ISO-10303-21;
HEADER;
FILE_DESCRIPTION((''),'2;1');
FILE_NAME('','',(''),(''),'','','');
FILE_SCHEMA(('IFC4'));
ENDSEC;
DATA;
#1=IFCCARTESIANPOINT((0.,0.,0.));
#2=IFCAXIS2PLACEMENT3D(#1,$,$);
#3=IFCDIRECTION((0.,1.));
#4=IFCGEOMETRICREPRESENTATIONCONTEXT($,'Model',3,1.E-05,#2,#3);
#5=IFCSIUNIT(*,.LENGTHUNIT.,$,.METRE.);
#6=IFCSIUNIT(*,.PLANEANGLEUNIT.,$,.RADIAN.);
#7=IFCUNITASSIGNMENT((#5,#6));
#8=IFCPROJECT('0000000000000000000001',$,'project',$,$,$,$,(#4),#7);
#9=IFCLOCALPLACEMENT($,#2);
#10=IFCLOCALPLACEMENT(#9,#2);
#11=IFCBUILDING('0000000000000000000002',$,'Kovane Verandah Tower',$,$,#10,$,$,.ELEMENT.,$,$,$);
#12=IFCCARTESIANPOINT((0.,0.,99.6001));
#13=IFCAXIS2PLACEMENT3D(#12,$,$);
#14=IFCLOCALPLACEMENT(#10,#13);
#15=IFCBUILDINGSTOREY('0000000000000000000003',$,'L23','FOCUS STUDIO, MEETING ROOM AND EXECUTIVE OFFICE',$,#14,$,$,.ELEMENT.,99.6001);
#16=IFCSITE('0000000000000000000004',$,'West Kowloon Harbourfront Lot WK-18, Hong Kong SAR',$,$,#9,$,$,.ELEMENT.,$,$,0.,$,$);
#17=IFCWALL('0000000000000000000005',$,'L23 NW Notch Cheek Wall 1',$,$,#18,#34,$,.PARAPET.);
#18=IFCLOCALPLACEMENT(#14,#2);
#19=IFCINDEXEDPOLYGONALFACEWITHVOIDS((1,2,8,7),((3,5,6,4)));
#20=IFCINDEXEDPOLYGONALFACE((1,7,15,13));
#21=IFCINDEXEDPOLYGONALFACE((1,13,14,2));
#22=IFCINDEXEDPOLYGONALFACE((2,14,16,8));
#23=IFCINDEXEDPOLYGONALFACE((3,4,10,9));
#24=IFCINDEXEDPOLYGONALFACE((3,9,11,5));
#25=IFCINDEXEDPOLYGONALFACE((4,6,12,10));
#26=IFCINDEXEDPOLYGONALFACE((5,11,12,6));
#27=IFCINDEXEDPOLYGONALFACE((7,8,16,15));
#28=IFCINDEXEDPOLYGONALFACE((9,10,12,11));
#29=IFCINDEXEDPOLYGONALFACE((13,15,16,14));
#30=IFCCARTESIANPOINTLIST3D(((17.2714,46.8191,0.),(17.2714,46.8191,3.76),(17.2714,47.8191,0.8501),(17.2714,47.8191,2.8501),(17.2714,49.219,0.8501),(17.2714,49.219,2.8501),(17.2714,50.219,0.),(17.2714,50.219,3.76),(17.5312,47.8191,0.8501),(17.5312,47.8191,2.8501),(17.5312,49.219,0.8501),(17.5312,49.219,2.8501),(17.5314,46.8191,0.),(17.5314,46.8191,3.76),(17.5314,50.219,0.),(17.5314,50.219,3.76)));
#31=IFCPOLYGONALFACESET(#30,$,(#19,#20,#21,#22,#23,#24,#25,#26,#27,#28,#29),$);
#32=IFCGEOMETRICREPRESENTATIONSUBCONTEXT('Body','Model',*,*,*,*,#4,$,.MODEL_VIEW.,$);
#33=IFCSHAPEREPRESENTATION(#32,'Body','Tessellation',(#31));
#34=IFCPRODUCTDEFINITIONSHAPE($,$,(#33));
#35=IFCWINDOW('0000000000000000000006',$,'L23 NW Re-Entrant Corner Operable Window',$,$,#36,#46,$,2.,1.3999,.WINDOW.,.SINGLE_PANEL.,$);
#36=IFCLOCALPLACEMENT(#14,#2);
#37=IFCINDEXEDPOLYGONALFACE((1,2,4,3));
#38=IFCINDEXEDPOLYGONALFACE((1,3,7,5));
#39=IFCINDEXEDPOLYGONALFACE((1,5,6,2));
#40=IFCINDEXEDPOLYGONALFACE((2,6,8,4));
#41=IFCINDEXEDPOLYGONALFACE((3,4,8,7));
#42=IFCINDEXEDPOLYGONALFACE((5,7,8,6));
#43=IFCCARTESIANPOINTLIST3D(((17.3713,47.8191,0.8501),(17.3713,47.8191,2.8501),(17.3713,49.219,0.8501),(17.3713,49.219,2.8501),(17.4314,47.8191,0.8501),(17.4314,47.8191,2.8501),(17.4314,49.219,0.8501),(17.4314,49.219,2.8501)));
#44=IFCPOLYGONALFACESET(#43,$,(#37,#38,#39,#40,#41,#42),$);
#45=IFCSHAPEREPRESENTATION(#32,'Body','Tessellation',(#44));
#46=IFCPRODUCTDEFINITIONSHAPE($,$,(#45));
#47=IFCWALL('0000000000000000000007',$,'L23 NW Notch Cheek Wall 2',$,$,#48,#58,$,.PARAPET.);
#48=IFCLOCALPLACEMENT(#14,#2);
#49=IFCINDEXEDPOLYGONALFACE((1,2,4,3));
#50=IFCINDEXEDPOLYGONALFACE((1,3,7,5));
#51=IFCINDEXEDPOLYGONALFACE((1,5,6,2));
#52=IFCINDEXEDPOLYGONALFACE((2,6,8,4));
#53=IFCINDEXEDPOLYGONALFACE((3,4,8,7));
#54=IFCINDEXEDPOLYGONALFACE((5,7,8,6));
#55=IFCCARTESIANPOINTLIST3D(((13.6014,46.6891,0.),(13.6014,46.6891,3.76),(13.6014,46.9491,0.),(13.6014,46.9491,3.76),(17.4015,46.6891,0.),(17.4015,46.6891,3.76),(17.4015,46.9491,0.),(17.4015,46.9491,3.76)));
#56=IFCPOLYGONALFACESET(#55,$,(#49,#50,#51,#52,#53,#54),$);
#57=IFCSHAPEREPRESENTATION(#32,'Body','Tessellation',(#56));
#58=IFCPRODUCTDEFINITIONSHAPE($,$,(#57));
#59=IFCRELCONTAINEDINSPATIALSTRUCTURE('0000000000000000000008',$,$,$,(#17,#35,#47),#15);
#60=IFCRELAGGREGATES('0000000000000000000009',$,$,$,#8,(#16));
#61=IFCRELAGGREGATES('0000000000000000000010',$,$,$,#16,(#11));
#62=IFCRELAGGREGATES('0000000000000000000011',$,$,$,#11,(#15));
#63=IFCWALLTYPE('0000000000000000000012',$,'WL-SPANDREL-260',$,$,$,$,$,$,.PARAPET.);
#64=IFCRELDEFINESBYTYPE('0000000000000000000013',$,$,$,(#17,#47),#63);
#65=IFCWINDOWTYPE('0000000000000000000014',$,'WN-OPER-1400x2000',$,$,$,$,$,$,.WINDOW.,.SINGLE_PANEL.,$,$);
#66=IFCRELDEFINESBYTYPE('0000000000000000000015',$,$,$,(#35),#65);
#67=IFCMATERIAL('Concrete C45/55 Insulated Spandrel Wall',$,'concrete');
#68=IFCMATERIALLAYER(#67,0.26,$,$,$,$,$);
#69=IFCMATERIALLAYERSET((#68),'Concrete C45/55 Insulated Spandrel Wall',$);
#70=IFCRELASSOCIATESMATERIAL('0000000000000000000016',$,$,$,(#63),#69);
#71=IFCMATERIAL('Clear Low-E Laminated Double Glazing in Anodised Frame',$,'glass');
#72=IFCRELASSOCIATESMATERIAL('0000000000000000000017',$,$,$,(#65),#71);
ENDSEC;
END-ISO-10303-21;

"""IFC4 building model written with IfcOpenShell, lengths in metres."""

from ifc_helpers import new_model, si_unit, direction, frame, frame_2d, origin, place, context, subcontext, project, spatial, rectangle, extrude, material, layer, layer_set, type_object, element, fill, save


model = new_model("IFC4")

# Units and contexts
model_context = context("Model", 3, precision=1e-05, world=origin(), true_north=direction((0.0, 1.0)))
body_context = subcontext(model_context, "Body", "Model", "MODEL_VIEW")
ifc_project = project(units=[si_unit("LENGTHUNIT", "METRE"), si_unit("PLANEANGLEUNIT", "RADIAN")], contexts=[model_context])

# Site, building, storey
site_placement = place(None, origin())
site = spatial("IfcSite", under=ifc_project, at=site_placement, Name="West Kowloon Harbourfront Lot WK-18, Hong Kong SAR", CompositionType="ELEMENT", RefElevation=0.0)
building_placement = place(site_placement, origin())
building = spatial("IfcBuilding", under=site, at=building_placement, Name="Kovane Verandah Tower", CompositionType="ELEMENT")
storey_placement = place(building_placement, frame((0.0, 0.0, 99.6001)))
storey = spatial("IfcBuildingStorey", under=building, at=storey_placement, Name="L23", Description="FOCUS STUDIO, MEETING ROOM AND EXECUTIVE OFFICE", CompositionType="ELEMENT", Elevation=99.6001)

# Shared definitions
ifc_material_1 = material(Name="Concrete C45/55 Insulated Spandrel Wall", Category="concrete")
ifc_layer_1 = layer(ifc_material_1, 0.26)
ifc_layer_set_1 = layer_set([ifc_layer_1], Name="Concrete C45/55 Insulated Spandrel Wall")
wall_type_1 = type_object("IfcWallType", Name="WL-SPANDREL-260", PredefinedType="PARAPET", material=ifc_layer_set_1)
ifc_material_2 = material(Name="Clear Low-E Laminated Double Glazing in Anodised Frame", Category="glass")

# Wall, opening, window
wall_1_placement = place(storey_placement, frame((17.4014, 50.219, 0.0), z_axis=(0.0, 0.0, 1.0), x_axis=(0.0, -1.0, 0.0)))
wall_1 = element("IfcWall", 1, at=wall_1_placement, inside=storey, type_object=wall_type_1, Name="L23 NW Notch Cheek Wall 1", PredefinedType="PARAPET", context=body_context, shape_type="SweptSolid", body=[
    extrude(rectangle(XDim=3.3999, YDim=0.26, at=frame_2d((1.7, 0.0))), origin(), (0.0, 0.0, 1.0), 3.76),
])
opening_1_placement = place(wall_1_placement, frame((1.0, 0.0, 0.8501)))
opening_1 = element("IfcOpeningElement", 2, at=opening_1_placement, cuts=wall_1, PredefinedType="OPENING", context=body_context, shape_type="SweptSolid", body=[
    extrude(rectangle(XDim=1.3999, YDim=2.0, at=frame_2d((0.7, 1.0))), frame((0.0, 0.1299, 0.0), z_axis=(0.0, -1.0, 0.0), x_axis=(1.0, 0.0, 0.0)), (0.0, 0.0, 1.0), 0.26),
])
window_type_1 = type_object("IfcWindowType", Name="WN-OPER-1400x2000", PartitioningType="SINGLE_PANEL", PredefinedType="WINDOW", material=ifc_material_2)
window_1_placement = place(opening_1_placement, origin())
window_1 = element("IfcWindow", 3, at=window_1_placement, inside=storey, type_object=window_type_1, Name="L23 NW Re-Entrant Corner Operable Window", OverallHeight=2.0, OverallWidth=1.3999, PartitioningType="SINGLE_PANEL", PredefinedType="WINDOW", context=body_context, shape_type="SweptSolid", body=[
    extrude(rectangle(XDim=1.3999, YDim=2.0, at=frame_2d((0.7, 1.0))), frame((0.0, 0.03, 0.0), z_axis=(0.0, -1.0, 0.0), x_axis=(1.0, 0.0, 0.0)), (0.0, 0.0, 1.0), 0.0601),
])
fill(opening_1, window_1)

# Wall
wall_2_placement = place(storey_placement, frame((17.4014, 46.8191, 0.0), z_axis=(0.0, 0.0, 1.0), x_axis=(-1.0, 0.0, 0.0)))
element("IfcWall", 4, at=wall_2_placement, inside=storey, type_object=wall_type_1, Name="L23 NW Notch Cheek Wall 2", PredefinedType="PARAPET", context=body_context, shape_type="SweptSolid", body=[
    extrude(rectangle(XDim=3.8, YDim=0.26, at=frame_2d((1.8999, 0.0))), origin(), (0.0, 0.0, 1.0), 3.76),
])

save(model, "model.ifc")
